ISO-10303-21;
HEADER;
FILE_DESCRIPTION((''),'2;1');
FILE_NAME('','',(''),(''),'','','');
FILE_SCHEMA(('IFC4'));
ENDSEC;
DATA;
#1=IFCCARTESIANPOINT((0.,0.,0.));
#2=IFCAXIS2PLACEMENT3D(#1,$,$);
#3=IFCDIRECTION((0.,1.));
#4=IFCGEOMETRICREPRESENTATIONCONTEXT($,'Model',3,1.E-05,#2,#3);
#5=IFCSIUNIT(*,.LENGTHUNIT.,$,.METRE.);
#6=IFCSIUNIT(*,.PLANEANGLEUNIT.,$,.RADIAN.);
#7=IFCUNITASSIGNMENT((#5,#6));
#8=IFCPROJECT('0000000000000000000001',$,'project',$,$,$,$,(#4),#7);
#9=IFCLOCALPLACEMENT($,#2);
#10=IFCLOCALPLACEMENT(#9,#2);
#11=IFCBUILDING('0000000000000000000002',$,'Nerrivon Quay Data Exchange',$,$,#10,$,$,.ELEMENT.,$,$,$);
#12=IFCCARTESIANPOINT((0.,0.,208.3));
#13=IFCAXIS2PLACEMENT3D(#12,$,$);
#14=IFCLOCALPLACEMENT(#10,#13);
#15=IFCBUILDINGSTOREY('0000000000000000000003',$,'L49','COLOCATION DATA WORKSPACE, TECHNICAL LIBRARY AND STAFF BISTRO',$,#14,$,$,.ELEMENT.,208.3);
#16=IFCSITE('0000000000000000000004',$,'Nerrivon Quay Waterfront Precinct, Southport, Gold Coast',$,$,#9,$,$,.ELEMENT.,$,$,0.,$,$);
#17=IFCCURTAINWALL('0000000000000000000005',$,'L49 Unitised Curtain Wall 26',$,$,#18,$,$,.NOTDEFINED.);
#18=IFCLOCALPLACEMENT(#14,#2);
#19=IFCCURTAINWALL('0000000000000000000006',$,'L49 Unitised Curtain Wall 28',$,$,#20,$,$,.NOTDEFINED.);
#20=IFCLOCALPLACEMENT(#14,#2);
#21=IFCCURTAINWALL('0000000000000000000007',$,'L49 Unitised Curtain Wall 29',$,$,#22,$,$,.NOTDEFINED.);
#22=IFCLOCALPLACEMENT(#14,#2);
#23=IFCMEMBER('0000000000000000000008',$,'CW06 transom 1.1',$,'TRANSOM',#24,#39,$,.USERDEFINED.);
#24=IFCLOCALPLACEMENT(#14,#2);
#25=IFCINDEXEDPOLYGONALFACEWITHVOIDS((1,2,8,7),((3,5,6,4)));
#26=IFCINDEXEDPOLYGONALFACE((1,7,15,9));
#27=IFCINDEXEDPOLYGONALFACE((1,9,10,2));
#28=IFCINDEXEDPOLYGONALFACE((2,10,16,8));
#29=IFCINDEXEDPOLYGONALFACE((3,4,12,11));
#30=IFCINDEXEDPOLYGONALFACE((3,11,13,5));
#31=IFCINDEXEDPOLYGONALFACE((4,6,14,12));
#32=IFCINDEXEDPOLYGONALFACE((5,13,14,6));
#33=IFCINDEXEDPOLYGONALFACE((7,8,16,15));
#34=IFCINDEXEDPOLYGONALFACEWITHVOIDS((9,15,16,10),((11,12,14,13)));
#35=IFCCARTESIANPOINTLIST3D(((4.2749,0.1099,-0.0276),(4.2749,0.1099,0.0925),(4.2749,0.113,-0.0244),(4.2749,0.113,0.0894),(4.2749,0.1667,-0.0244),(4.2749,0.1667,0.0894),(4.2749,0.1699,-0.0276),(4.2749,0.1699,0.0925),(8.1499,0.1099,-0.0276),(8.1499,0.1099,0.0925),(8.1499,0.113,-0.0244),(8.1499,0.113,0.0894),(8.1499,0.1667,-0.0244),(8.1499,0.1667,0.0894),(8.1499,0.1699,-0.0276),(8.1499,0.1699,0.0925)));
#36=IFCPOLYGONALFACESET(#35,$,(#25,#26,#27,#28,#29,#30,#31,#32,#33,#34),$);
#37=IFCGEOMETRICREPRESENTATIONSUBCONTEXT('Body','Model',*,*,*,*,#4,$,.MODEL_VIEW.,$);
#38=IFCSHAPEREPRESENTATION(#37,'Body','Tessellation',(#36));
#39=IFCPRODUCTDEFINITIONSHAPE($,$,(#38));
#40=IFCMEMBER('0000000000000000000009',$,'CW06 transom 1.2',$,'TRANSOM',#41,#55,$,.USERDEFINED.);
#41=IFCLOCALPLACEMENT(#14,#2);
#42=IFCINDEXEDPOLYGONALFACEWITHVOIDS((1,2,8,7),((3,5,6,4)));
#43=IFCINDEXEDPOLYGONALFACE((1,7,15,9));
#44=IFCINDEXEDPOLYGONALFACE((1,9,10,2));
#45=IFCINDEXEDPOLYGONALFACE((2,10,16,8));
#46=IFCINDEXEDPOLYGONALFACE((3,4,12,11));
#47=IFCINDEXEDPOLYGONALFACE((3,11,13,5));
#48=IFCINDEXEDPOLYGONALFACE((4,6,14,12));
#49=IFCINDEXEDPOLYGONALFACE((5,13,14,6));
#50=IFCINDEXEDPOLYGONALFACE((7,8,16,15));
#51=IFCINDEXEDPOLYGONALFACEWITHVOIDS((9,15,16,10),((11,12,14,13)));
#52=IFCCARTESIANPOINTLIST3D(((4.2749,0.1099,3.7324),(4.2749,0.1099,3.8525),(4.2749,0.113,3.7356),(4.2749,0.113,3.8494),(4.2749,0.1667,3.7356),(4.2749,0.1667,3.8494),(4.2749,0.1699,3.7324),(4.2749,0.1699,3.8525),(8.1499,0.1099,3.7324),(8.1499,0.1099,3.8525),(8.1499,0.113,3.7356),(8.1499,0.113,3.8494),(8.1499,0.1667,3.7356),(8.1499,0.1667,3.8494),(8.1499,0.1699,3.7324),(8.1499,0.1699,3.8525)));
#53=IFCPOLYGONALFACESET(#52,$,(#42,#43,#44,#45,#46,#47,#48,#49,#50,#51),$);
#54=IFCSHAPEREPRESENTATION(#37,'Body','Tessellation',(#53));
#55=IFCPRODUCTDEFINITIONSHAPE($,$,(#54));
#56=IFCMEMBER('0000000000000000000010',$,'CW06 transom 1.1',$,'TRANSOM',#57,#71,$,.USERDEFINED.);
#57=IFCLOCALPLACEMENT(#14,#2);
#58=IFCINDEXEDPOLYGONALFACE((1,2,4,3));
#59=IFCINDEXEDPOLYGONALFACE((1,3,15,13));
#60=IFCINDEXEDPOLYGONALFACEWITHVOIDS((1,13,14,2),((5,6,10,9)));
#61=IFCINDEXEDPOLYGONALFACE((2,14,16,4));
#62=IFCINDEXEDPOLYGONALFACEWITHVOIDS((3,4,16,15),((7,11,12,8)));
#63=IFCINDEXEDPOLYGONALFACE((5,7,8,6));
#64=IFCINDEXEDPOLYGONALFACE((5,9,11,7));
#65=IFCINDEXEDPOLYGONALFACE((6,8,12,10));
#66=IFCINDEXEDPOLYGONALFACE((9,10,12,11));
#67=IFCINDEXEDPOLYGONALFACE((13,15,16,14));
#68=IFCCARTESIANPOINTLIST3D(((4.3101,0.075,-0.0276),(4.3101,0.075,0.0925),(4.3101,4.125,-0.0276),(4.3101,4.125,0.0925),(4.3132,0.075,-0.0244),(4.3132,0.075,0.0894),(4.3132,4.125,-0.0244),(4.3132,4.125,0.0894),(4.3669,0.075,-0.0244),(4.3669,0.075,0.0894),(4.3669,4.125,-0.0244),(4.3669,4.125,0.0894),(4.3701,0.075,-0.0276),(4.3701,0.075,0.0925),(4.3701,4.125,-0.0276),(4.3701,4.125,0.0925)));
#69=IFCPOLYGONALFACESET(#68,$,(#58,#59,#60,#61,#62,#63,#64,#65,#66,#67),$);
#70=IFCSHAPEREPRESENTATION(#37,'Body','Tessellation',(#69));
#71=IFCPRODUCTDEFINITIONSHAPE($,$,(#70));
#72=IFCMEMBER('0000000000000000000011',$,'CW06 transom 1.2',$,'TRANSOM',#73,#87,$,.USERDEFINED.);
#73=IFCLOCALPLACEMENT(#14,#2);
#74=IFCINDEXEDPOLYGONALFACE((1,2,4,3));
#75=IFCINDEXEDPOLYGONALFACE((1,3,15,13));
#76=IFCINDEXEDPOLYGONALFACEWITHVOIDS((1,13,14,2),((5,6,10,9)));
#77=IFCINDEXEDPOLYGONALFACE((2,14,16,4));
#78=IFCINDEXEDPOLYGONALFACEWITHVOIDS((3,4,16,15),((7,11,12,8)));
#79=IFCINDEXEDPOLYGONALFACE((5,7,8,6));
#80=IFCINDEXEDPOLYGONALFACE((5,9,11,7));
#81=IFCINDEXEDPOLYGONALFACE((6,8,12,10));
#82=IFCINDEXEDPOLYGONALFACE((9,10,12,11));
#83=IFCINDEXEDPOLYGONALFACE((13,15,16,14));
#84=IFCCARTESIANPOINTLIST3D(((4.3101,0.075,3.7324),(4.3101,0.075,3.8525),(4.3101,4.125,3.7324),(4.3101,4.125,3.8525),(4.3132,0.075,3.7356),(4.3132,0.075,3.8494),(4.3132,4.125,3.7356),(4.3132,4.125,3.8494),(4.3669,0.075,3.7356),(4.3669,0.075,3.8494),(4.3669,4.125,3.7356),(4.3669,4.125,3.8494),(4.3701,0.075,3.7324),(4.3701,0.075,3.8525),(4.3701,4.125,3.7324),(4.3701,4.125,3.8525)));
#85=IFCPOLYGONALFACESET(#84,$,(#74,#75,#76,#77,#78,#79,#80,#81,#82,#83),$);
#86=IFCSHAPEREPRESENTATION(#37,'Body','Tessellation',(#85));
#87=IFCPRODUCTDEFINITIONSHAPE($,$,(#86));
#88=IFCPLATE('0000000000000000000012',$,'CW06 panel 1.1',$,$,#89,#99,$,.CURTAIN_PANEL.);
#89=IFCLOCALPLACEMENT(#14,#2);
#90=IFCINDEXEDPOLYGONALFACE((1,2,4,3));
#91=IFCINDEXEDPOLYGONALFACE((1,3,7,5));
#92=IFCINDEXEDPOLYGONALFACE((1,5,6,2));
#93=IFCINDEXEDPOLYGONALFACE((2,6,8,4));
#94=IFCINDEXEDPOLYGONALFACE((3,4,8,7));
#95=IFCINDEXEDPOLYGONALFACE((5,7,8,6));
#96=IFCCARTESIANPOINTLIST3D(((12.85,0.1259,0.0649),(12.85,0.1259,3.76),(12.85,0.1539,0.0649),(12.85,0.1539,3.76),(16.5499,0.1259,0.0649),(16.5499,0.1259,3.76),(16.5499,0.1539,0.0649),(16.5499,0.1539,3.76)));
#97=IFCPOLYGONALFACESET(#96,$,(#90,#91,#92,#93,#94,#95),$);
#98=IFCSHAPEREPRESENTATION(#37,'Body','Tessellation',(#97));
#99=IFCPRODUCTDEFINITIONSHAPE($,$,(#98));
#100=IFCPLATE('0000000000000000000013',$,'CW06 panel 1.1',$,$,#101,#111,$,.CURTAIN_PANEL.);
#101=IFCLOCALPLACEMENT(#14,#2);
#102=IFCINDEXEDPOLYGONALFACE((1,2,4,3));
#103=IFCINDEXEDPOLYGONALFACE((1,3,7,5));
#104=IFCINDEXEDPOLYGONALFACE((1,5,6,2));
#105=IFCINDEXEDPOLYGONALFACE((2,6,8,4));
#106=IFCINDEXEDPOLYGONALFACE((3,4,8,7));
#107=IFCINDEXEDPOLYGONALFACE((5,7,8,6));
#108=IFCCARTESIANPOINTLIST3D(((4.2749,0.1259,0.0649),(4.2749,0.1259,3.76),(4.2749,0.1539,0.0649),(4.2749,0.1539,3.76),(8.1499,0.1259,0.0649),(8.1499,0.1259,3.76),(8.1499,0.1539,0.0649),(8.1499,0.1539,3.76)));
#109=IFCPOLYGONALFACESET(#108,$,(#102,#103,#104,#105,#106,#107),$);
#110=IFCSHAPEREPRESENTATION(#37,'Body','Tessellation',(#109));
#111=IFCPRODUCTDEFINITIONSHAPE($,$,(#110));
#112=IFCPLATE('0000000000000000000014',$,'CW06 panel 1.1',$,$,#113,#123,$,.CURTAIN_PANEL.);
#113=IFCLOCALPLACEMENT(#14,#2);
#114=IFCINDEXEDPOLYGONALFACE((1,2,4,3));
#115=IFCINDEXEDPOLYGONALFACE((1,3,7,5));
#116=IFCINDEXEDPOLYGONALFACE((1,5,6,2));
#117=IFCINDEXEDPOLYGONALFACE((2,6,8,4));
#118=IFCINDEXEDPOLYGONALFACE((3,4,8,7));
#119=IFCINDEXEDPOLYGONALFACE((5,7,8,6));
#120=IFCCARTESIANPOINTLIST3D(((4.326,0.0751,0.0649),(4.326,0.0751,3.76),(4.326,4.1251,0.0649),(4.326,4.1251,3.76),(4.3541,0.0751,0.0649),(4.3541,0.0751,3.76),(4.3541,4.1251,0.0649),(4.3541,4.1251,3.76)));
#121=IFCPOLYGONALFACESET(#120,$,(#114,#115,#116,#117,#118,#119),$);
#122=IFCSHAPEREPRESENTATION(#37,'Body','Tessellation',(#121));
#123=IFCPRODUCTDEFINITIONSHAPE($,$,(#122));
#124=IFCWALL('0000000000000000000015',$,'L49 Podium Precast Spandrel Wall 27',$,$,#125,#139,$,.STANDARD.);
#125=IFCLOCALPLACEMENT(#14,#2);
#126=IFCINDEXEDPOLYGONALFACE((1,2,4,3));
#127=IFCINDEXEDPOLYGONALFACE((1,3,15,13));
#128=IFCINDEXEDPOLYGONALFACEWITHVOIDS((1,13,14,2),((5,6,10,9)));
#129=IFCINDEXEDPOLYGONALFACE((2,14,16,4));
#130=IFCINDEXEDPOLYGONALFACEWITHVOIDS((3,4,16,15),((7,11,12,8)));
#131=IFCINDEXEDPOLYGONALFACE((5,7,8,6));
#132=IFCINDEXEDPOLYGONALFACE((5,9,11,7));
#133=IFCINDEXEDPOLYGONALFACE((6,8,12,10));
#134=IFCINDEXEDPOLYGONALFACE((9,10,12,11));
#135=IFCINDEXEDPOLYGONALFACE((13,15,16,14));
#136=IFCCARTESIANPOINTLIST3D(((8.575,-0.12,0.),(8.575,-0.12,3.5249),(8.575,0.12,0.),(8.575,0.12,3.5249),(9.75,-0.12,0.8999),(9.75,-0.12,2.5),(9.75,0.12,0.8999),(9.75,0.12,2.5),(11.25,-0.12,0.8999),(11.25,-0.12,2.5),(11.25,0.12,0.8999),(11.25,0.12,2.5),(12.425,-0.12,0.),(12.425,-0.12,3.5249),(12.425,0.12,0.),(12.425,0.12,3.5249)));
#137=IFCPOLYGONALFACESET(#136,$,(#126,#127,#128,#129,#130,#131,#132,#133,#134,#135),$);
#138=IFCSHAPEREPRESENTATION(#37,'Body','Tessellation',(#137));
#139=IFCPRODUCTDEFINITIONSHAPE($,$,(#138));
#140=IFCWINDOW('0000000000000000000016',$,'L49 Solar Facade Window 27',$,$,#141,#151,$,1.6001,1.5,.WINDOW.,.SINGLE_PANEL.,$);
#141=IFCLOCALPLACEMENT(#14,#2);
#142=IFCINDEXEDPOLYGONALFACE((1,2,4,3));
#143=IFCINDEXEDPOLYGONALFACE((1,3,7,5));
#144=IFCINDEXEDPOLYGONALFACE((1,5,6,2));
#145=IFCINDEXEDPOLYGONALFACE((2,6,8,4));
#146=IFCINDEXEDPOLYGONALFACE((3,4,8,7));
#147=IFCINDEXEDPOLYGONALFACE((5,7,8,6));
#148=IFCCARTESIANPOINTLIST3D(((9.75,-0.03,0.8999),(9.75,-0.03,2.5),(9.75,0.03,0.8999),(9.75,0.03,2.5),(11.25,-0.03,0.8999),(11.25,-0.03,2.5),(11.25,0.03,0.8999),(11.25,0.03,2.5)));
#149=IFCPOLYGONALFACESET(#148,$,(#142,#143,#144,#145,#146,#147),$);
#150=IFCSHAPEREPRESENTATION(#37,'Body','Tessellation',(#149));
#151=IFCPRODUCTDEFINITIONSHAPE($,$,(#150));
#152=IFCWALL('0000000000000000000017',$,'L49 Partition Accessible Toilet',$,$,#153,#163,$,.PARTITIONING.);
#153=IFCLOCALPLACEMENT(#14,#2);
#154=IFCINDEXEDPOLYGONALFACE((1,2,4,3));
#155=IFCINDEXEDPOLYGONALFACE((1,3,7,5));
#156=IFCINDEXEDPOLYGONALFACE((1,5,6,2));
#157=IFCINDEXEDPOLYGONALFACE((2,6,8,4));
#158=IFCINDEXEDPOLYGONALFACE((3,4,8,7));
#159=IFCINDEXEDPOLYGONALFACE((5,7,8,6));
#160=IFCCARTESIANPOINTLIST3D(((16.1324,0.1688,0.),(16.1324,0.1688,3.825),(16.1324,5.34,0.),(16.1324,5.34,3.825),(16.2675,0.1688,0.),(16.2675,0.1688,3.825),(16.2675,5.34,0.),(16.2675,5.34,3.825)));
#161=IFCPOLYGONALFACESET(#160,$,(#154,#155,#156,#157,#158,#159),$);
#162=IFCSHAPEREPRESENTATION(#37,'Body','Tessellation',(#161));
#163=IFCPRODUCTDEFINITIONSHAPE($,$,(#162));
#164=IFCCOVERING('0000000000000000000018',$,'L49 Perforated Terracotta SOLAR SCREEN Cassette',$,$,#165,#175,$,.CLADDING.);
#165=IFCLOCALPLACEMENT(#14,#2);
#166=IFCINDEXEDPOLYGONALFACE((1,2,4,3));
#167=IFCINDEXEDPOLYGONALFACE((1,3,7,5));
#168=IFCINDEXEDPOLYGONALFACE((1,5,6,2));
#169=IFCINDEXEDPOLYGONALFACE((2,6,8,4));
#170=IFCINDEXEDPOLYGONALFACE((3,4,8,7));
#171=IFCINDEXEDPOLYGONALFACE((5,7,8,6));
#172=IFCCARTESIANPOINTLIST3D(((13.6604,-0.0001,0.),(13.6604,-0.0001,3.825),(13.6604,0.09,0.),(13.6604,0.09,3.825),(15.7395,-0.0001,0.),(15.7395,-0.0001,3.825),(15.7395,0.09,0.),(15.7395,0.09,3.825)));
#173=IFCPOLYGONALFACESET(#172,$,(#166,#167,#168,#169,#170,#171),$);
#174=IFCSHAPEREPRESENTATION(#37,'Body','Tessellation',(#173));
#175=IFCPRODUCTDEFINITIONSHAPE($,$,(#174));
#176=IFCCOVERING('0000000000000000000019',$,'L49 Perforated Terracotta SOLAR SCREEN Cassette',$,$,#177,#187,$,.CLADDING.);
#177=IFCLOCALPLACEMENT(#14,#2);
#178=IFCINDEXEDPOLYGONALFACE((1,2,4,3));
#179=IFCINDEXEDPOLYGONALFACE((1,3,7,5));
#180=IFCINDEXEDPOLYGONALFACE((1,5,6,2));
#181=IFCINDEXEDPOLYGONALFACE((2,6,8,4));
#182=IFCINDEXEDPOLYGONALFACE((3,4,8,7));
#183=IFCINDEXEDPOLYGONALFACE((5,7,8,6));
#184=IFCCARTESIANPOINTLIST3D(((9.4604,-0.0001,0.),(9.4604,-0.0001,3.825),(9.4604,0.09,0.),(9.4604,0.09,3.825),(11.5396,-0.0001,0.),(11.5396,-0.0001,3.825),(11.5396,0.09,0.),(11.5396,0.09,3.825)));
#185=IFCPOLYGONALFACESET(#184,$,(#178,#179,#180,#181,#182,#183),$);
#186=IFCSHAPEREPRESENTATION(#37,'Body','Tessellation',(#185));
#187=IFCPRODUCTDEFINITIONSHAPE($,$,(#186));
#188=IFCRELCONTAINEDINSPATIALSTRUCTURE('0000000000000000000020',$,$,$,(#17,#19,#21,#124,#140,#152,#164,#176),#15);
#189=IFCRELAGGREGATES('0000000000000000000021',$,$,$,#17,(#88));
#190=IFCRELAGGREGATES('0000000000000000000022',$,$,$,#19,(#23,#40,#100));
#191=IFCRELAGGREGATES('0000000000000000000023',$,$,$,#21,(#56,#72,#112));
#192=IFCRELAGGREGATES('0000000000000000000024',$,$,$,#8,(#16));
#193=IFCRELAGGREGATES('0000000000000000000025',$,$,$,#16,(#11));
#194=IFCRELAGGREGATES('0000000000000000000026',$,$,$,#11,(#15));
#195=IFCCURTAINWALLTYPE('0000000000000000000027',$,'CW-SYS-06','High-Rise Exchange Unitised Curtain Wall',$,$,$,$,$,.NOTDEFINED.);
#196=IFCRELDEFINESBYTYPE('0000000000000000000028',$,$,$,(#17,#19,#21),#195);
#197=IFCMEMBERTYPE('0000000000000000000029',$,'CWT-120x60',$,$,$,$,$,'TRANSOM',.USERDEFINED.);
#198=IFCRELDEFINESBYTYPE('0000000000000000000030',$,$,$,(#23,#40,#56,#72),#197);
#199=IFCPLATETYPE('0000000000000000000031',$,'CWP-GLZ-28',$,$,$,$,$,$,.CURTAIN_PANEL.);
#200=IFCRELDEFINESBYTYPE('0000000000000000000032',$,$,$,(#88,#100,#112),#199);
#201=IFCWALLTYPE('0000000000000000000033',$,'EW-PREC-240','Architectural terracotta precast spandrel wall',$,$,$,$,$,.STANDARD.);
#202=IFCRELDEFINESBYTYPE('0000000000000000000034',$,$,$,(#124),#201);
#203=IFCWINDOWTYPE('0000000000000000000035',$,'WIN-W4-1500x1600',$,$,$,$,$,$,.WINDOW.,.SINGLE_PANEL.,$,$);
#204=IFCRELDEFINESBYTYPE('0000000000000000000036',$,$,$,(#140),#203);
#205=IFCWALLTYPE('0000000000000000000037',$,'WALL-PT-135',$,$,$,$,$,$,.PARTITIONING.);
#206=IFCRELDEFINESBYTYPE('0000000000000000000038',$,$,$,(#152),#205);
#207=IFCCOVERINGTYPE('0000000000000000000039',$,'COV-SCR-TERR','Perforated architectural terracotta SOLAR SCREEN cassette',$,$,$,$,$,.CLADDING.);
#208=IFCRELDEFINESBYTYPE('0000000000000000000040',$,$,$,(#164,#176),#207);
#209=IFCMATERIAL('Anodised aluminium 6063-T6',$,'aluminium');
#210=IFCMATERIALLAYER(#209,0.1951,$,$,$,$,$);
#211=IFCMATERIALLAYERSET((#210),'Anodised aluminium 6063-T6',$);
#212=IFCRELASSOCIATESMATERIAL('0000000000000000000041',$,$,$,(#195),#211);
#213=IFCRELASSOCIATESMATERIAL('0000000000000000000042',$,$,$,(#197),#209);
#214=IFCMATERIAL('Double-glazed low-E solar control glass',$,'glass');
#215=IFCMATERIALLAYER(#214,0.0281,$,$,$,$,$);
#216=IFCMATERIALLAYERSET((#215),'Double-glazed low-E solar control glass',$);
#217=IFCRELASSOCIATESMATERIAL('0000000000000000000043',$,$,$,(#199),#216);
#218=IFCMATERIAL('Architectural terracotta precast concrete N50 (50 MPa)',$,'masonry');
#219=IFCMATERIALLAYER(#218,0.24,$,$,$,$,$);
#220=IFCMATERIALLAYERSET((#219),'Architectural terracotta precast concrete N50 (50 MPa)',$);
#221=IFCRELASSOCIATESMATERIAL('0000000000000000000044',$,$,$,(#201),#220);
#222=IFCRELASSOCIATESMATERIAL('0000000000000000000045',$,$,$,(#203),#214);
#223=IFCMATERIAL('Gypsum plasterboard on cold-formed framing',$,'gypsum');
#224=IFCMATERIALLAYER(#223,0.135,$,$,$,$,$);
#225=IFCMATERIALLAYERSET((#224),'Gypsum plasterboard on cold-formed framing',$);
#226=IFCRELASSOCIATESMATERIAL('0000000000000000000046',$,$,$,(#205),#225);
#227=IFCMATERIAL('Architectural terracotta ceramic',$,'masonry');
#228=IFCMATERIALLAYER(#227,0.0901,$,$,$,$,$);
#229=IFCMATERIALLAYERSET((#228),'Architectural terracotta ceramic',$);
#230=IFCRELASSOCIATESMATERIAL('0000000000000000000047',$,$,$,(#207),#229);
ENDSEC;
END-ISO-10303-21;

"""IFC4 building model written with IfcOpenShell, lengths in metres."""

from ifc_helpers import new_model, si_unit, direction, frame, frame_2d, origin, origin_2d, place, context, subcontext, project, spatial, rectangle, hollow_rectangle, extrude, material, layer, layer_set, material_profile, profile_set, type_object, element, fill, aggregate, save


model = new_model("IFC4")

# Units and contexts
model_context = context("Model", 3, precision=1e-05, world=origin(), true_north=direction((0.0, 1.0)))
body_context = subcontext(model_context, "Body", "Model", "MODEL_VIEW")
ifc_project = project(units=[si_unit("LENGTHUNIT", "METRE"), si_unit("PLANEANGLEUNIT", "RADIAN")], contexts=[model_context])

# Site, building, storey
site_placement = place(None, origin())
site = spatial("IfcSite", under=ifc_project, at=site_placement, Name="Nerrivon Quay Waterfront Precinct, Southport, Gold Coast", CompositionType="ELEMENT", RefElevation=0.0)
building_placement = place(site_placement, origin())
building = spatial("IfcBuilding", under=site, at=building_placement, Name="Nerrivon Quay Data Exchange", CompositionType="ELEMENT")
storey_placement = place(building_placement, frame((0.0, 0.0, 208.3)))
storey = spatial("IfcBuildingStorey", under=building, at=storey_placement, Name="L49", Description="COLOCATION DATA WORKSPACE, TECHNICAL LIBRARY AND STAFF BISTRO", CompositionType="ELEMENT", Elevation=208.3)

# Curtain wall
ifc_material_1 = material(Name="Anodised aluminium 6063-T6", Category="aluminium")
ifc_layer_1 = layer(ifc_material_1, 0.1951)
ifc_layer_set_1 = layer_set([ifc_layer_1], Name="Anodised aluminium 6063-T6")
curtain_wall_type = type_object("IfcCurtainWallType", Name="CW-SYS-06", Description="High-Rise Exchange Unitised Curtain Wall", PredefinedType="NOTDEFINED", material=ifc_layer_set_1)
curtain_wall_1_placement = place(storey_placement, origin())
curtain_wall_1 = element("IfcCurtainWall", 1, at=curtain_wall_1_placement, inside=storey, type_object=curtain_wall_type, Name="L49 Unitised Curtain Wall 26", PredefinedType="NOTDEFINED")

# Curtain walls
curtain_wall_2_placement = place(storey_placement, origin())
curtain_wall_2 = element("IfcCurtainWall", 2, at=curtain_wall_2_placement, inside=storey, type_object=curtain_wall_type, Name="L49 Unitised Curtain Wall 28", PredefinedType="NOTDEFINED")
curtain_wall_3_placement = place(storey_placement, origin())
curtain_wall_3 = element("IfcCurtainWall", 3, at=curtain_wall_3_placement, inside=storey, type_object=curtain_wall_type, Name="L49 Unitised Curtain Wall 29", PredefinedType="NOTDEFINED")

# Members
ifc_material_profile_1 = material_profile(ifc_material_1, hollow_rectangle(XDim=0.0601, YDim=0.1201, WallThickness=0.0032, at=origin_2d()), Name="ALU-TRAN-120x60")
ifc_profile_set_1 = profile_set([ifc_material_profile_1], Name="Anodised aluminium 6063-T6")
member_type_1 = type_object("IfcMemberType", Name="CWT-120x60", ElementType="TRANSOM", PredefinedType="USERDEFINED", material=ifc_profile_set_1)
member_1_placement = place(storey_placement, frame((8.1499, 0.1399, 0.0325), z_axis=(-1.0, 0.0, 0.0), x_axis=(0.0, -1.0, 0.0)))
member_1 = element("IfcMember", 4, at=member_1_placement, type_object=member_type_1, Name="CW06 transom 1.1", ObjectType="TRANSOM", PredefinedType="USERDEFINED", context=body_context, shape_type="SweptSolid", body=[
    extrude(hollow_rectangle(XDim=0.0601, YDim=0.1201, WallThickness=0.0032, at=origin_2d()), origin(), (0.0, 0.0, 1.0), 3.875),
])
member_2_placement = place(storey_placement, frame((8.1499, 0.1399, 3.7925), z_axis=(-1.0, 0.0, 0.0), x_axis=(0.0, -1.0, 0.0)))
member_2 = element("IfcMember", 5, at=member_2_placement, type_object=member_type_1, Name="CW06 transom 1.2", ObjectType="TRANSOM", PredefinedType="USERDEFINED", context=body_context, shape_type="SweptSolid", body=[
    extrude(hollow_rectangle(XDim=0.0601, YDim=0.1201, WallThickness=0.0032, at=origin_2d()), origin(), (0.0, 0.0, 1.0), 3.875),
])
member_3_placement = place(storey_placement, frame((4.3401, 0.075, 0.0325), z_axis=(0.0, 1.0, 0.0), x_axis=(-1.0, 0.0, 0.0)))
member_3 = element("IfcMember", 6, at=member_3_placement, type_object=member_type_1, Name="CW06 transom 1.1", ObjectType="TRANSOM", PredefinedType="USERDEFINED", context=body_context, shape_type="SweptSolid", body=[
    extrude(hollow_rectangle(XDim=0.0601, YDim=0.1201, WallThickness=0.0032, at=origin_2d()), origin(), (0.0, 0.0, 1.0), 4.05),
])
member_4_placement = place(storey_placement, frame((4.3401, 0.075, 3.7925), z_axis=(0.0, 1.0, 0.0), x_axis=(-1.0, 0.0, 0.0)))
member_4 = element("IfcMember", 7, at=member_4_placement, type_object=member_type_1, Name="CW06 transom 1.2", ObjectType="TRANSOM", PredefinedType="USERDEFINED", context=body_context, shape_type="SweptSolid", body=[
    extrude(hollow_rectangle(XDim=0.0601, YDim=0.1201, WallThickness=0.0032, at=origin_2d()), origin(), (0.0, 0.0, 1.0), 4.05),
])

# Plates
ifc_material_2 = material(Name="Double-glazed low-E solar control glass", Category="glass")
ifc_layer_2 = layer(ifc_material_2, 0.0281)
ifc_layer_set_2 = layer_set([ifc_layer_2], Name="Double-glazed low-E solar control glass")
plate_type = type_object("IfcPlateType", Name="CWP-GLZ-28", PredefinedType="CURTAIN_PANEL", material=ifc_layer_set_2)
plate_1_placement = place(storey_placement, frame((14.7, 0.1399, 0.0649), z_axis=(0.0, 0.0, 1.0), x_axis=(-1.0, 0.0, 0.0)))
plate_1 = element("IfcPlate", 8, at=plate_1_placement, type_object=plate_type, Name="CW06 panel 1.1", PredefinedType="CURTAIN_PANEL", context=body_context, shape_type="SweptSolid", body=[
    extrude(rectangle(XDim=3.7, YDim=0.0281, at=origin_2d()), origin(), (0.0, 0.0, 1.0), 3.6951),
])
aggregate(curtain_wall_1, [plate_1])
plate_2_placement = place(storey_placement, frame((6.2124, 0.1399, 0.0649), z_axis=(0.0, 0.0, 1.0), x_axis=(-1.0, 0.0, 0.0)))
plate_2 = element("IfcPlate", 9, at=plate_2_placement, type_object=plate_type, Name="CW06 panel 1.1", PredefinedType="CURTAIN_PANEL", context=body_context, shape_type="SweptSolid", body=[
    extrude(rectangle(XDim=3.875, YDim=0.0281, at=origin_2d()), origin(), (0.0, 0.0, 1.0), 3.6951),
])
aggregate(curtain_wall_2, [member_1, member_2, plate_2])
plate_3_placement = place(storey_placement, frame((4.3401, 2.1001, 0.0649), z_axis=(0.0, 0.0, 1.0), x_axis=(0.0, 1.0, 0.0)))
plate_3 = element("IfcPlate", 10, at=plate_3_placement, type_object=plate_type, Name="CW06 panel 1.1", PredefinedType="CURTAIN_PANEL", context=body_context, shape_type="SweptSolid", body=[
    extrude(rectangle(XDim=4.05, YDim=0.0281, at=origin_2d()), origin(), (0.0, 0.0, 1.0), 3.6951),
])
aggregate(curtain_wall_3, [member_3, member_4, plate_3])

# Wall, opening, window
ifc_material_3 = material(Name="Architectural terracotta precast concrete N50 (50 MPa)", Category="masonry")
ifc_layer_3 = layer(ifc_material_3, 0.24)
ifc_layer_set_3 = layer_set([ifc_layer_3], Name="Architectural terracotta precast concrete N50 (50 MPa)")
wall_type_1 = type_object("IfcWallType", Name="EW-PREC-240", Description="Architectural terracotta precast spandrel wall", PredefinedType="STANDARD", material=ifc_layer_set_3)
wall_1_placement = place(storey_placement, frame((12.425, 0.0, 0.0), z_axis=(0.0, 0.0, 1.0), x_axis=(-1.0, 0.0, 0.0)))
wall_1 = element("IfcWall", 11, at=wall_1_placement, inside=storey, type_object=wall_type_1, Name="L49 Podium Precast Spandrel Wall 27", PredefinedType="STANDARD", context=body_context, shape_type="SweptSolid", body=[
    extrude(rectangle(XDim=3.8501, YDim=0.24, at=frame_2d((1.925, 0.0))), origin(), (0.0, 0.0, 1.0), 3.5249),
])
opening_placement = place(wall_1_placement, frame((1.175, 0.0, 0.8999)))
opening = element("IfcOpeningElement", 12, at=opening_placement, cuts=wall_1, PredefinedType="OPENING", context=body_context, shape_type="SweptSolid", body=[
    extrude(rectangle(XDim=1.5, YDim=1.6001, at=frame_2d((0.75, 0.8))), frame((0.0, 0.1299, 0.0), z_axis=(0.0, -1.0, 0.0), x_axis=(1.0, 0.0, 0.0)), (0.0, 0.0, 1.0), 0.26),
])
window_type = type_object("IfcWindowType", Name="WIN-W4-1500x1600", PartitioningType="SINGLE_PANEL", PredefinedType="WINDOW", material=ifc_material_2)
window_placement = place(opening_placement, origin())
window = element("IfcWindow", 13, at=window_placement, inside=storey, type_object=window_type, Name="L49 Solar Facade Window 27", OverallHeight=1.6001, OverallWidth=1.5, PartitioningType="SINGLE_PANEL", PredefinedType="WINDOW", context=body_context, shape_type="SweptSolid", body=[
    extrude(rectangle(XDim=1.5, YDim=1.6001, at=frame_2d((0.75, 0.8))), frame((0.0, 0.03, 0.0), z_axis=(0.0, -1.0, 0.0), x_axis=(1.0, 0.0, 0.0)), (0.0, 0.0, 1.0), 0.0601),
])
fill(opening, window)

# Wall
ifc_material_4 = material(Name="Gypsum plasterboard on cold-formed framing", Category="gypsum")
ifc_layer_4 = layer(ifc_material_4, 0.135)
ifc_layer_set_4 = layer_set([ifc_layer_4], Name="Gypsum plasterboard on cold-formed framing")
wall_type_2 = type_object("IfcWallType", Name="WALL-PT-135", PredefinedType="PARTITIONING", material=ifc_layer_set_4)
wall_2_placement = place(storey_placement, frame((16.2, 0.1689, 0.0), z_axis=(0.0, 0.0, 1.0), x_axis=(0.0, 1.0, 0.0)))
element("IfcWall", 14, at=wall_2_placement, inside=storey, type_object=wall_type_2, Name="L49 Partition Accessible Toilet", PredefinedType="PARTITIONING", context=body_context, shape_type="SweptSolid", body=[
    extrude(rectangle(XDim=5.1711, YDim=0.135, at=frame_2d((2.5854, 0.0))), origin(), (0.0, 0.0, 1.0), 3.825),
])

# Coverings
ifc_material_5 = material(Name="Architectural terracotta ceramic", Category="masonry")
ifc_layer_5 = layer(ifc_material_5, 0.0901)
ifc_layer_set_5 = layer_set([ifc_layer_5], Name="Architectural terracotta ceramic")
covering_type = type_object("IfcCoveringType", Name="COV-SCR-TERR", Description="Perforated architectural terracotta SOLAR SCREEN cassette", PredefinedType="CLADDING", material=ifc_layer_set_5)
for number, where, z_axis, x_axis, name in (
    (15, (14.7, 0.0449, 0.0), (0.0, 0.0, 1.0), (-1.0, 0.0, 0.0), "L49 Perforated Terracotta SOLAR SCREEN Cassette"),
    (16, (10.5, 0.0449, 0.0), (0.0, 0.0, 1.0), (-1.0, 0.0, 0.0), "L49 Perforated Terracotta SOLAR SCREEN Cassette"),
):
    element("IfcCovering", number, at=place(storey_placement, frame(where, z_axis=z_axis, x_axis=x_axis)), inside=storey, type_object=covering_type, Name=name, PredefinedType="CLADDING", context=body_context, shape_type="SweptSolid", body=[
        extrude(rectangle(XDim=2.0791, YDim=0.0901, at=origin_2d()), origin(), (0.0, 0.0, 1.0), 3.825),
    ])

save(model, "model.ifc")
